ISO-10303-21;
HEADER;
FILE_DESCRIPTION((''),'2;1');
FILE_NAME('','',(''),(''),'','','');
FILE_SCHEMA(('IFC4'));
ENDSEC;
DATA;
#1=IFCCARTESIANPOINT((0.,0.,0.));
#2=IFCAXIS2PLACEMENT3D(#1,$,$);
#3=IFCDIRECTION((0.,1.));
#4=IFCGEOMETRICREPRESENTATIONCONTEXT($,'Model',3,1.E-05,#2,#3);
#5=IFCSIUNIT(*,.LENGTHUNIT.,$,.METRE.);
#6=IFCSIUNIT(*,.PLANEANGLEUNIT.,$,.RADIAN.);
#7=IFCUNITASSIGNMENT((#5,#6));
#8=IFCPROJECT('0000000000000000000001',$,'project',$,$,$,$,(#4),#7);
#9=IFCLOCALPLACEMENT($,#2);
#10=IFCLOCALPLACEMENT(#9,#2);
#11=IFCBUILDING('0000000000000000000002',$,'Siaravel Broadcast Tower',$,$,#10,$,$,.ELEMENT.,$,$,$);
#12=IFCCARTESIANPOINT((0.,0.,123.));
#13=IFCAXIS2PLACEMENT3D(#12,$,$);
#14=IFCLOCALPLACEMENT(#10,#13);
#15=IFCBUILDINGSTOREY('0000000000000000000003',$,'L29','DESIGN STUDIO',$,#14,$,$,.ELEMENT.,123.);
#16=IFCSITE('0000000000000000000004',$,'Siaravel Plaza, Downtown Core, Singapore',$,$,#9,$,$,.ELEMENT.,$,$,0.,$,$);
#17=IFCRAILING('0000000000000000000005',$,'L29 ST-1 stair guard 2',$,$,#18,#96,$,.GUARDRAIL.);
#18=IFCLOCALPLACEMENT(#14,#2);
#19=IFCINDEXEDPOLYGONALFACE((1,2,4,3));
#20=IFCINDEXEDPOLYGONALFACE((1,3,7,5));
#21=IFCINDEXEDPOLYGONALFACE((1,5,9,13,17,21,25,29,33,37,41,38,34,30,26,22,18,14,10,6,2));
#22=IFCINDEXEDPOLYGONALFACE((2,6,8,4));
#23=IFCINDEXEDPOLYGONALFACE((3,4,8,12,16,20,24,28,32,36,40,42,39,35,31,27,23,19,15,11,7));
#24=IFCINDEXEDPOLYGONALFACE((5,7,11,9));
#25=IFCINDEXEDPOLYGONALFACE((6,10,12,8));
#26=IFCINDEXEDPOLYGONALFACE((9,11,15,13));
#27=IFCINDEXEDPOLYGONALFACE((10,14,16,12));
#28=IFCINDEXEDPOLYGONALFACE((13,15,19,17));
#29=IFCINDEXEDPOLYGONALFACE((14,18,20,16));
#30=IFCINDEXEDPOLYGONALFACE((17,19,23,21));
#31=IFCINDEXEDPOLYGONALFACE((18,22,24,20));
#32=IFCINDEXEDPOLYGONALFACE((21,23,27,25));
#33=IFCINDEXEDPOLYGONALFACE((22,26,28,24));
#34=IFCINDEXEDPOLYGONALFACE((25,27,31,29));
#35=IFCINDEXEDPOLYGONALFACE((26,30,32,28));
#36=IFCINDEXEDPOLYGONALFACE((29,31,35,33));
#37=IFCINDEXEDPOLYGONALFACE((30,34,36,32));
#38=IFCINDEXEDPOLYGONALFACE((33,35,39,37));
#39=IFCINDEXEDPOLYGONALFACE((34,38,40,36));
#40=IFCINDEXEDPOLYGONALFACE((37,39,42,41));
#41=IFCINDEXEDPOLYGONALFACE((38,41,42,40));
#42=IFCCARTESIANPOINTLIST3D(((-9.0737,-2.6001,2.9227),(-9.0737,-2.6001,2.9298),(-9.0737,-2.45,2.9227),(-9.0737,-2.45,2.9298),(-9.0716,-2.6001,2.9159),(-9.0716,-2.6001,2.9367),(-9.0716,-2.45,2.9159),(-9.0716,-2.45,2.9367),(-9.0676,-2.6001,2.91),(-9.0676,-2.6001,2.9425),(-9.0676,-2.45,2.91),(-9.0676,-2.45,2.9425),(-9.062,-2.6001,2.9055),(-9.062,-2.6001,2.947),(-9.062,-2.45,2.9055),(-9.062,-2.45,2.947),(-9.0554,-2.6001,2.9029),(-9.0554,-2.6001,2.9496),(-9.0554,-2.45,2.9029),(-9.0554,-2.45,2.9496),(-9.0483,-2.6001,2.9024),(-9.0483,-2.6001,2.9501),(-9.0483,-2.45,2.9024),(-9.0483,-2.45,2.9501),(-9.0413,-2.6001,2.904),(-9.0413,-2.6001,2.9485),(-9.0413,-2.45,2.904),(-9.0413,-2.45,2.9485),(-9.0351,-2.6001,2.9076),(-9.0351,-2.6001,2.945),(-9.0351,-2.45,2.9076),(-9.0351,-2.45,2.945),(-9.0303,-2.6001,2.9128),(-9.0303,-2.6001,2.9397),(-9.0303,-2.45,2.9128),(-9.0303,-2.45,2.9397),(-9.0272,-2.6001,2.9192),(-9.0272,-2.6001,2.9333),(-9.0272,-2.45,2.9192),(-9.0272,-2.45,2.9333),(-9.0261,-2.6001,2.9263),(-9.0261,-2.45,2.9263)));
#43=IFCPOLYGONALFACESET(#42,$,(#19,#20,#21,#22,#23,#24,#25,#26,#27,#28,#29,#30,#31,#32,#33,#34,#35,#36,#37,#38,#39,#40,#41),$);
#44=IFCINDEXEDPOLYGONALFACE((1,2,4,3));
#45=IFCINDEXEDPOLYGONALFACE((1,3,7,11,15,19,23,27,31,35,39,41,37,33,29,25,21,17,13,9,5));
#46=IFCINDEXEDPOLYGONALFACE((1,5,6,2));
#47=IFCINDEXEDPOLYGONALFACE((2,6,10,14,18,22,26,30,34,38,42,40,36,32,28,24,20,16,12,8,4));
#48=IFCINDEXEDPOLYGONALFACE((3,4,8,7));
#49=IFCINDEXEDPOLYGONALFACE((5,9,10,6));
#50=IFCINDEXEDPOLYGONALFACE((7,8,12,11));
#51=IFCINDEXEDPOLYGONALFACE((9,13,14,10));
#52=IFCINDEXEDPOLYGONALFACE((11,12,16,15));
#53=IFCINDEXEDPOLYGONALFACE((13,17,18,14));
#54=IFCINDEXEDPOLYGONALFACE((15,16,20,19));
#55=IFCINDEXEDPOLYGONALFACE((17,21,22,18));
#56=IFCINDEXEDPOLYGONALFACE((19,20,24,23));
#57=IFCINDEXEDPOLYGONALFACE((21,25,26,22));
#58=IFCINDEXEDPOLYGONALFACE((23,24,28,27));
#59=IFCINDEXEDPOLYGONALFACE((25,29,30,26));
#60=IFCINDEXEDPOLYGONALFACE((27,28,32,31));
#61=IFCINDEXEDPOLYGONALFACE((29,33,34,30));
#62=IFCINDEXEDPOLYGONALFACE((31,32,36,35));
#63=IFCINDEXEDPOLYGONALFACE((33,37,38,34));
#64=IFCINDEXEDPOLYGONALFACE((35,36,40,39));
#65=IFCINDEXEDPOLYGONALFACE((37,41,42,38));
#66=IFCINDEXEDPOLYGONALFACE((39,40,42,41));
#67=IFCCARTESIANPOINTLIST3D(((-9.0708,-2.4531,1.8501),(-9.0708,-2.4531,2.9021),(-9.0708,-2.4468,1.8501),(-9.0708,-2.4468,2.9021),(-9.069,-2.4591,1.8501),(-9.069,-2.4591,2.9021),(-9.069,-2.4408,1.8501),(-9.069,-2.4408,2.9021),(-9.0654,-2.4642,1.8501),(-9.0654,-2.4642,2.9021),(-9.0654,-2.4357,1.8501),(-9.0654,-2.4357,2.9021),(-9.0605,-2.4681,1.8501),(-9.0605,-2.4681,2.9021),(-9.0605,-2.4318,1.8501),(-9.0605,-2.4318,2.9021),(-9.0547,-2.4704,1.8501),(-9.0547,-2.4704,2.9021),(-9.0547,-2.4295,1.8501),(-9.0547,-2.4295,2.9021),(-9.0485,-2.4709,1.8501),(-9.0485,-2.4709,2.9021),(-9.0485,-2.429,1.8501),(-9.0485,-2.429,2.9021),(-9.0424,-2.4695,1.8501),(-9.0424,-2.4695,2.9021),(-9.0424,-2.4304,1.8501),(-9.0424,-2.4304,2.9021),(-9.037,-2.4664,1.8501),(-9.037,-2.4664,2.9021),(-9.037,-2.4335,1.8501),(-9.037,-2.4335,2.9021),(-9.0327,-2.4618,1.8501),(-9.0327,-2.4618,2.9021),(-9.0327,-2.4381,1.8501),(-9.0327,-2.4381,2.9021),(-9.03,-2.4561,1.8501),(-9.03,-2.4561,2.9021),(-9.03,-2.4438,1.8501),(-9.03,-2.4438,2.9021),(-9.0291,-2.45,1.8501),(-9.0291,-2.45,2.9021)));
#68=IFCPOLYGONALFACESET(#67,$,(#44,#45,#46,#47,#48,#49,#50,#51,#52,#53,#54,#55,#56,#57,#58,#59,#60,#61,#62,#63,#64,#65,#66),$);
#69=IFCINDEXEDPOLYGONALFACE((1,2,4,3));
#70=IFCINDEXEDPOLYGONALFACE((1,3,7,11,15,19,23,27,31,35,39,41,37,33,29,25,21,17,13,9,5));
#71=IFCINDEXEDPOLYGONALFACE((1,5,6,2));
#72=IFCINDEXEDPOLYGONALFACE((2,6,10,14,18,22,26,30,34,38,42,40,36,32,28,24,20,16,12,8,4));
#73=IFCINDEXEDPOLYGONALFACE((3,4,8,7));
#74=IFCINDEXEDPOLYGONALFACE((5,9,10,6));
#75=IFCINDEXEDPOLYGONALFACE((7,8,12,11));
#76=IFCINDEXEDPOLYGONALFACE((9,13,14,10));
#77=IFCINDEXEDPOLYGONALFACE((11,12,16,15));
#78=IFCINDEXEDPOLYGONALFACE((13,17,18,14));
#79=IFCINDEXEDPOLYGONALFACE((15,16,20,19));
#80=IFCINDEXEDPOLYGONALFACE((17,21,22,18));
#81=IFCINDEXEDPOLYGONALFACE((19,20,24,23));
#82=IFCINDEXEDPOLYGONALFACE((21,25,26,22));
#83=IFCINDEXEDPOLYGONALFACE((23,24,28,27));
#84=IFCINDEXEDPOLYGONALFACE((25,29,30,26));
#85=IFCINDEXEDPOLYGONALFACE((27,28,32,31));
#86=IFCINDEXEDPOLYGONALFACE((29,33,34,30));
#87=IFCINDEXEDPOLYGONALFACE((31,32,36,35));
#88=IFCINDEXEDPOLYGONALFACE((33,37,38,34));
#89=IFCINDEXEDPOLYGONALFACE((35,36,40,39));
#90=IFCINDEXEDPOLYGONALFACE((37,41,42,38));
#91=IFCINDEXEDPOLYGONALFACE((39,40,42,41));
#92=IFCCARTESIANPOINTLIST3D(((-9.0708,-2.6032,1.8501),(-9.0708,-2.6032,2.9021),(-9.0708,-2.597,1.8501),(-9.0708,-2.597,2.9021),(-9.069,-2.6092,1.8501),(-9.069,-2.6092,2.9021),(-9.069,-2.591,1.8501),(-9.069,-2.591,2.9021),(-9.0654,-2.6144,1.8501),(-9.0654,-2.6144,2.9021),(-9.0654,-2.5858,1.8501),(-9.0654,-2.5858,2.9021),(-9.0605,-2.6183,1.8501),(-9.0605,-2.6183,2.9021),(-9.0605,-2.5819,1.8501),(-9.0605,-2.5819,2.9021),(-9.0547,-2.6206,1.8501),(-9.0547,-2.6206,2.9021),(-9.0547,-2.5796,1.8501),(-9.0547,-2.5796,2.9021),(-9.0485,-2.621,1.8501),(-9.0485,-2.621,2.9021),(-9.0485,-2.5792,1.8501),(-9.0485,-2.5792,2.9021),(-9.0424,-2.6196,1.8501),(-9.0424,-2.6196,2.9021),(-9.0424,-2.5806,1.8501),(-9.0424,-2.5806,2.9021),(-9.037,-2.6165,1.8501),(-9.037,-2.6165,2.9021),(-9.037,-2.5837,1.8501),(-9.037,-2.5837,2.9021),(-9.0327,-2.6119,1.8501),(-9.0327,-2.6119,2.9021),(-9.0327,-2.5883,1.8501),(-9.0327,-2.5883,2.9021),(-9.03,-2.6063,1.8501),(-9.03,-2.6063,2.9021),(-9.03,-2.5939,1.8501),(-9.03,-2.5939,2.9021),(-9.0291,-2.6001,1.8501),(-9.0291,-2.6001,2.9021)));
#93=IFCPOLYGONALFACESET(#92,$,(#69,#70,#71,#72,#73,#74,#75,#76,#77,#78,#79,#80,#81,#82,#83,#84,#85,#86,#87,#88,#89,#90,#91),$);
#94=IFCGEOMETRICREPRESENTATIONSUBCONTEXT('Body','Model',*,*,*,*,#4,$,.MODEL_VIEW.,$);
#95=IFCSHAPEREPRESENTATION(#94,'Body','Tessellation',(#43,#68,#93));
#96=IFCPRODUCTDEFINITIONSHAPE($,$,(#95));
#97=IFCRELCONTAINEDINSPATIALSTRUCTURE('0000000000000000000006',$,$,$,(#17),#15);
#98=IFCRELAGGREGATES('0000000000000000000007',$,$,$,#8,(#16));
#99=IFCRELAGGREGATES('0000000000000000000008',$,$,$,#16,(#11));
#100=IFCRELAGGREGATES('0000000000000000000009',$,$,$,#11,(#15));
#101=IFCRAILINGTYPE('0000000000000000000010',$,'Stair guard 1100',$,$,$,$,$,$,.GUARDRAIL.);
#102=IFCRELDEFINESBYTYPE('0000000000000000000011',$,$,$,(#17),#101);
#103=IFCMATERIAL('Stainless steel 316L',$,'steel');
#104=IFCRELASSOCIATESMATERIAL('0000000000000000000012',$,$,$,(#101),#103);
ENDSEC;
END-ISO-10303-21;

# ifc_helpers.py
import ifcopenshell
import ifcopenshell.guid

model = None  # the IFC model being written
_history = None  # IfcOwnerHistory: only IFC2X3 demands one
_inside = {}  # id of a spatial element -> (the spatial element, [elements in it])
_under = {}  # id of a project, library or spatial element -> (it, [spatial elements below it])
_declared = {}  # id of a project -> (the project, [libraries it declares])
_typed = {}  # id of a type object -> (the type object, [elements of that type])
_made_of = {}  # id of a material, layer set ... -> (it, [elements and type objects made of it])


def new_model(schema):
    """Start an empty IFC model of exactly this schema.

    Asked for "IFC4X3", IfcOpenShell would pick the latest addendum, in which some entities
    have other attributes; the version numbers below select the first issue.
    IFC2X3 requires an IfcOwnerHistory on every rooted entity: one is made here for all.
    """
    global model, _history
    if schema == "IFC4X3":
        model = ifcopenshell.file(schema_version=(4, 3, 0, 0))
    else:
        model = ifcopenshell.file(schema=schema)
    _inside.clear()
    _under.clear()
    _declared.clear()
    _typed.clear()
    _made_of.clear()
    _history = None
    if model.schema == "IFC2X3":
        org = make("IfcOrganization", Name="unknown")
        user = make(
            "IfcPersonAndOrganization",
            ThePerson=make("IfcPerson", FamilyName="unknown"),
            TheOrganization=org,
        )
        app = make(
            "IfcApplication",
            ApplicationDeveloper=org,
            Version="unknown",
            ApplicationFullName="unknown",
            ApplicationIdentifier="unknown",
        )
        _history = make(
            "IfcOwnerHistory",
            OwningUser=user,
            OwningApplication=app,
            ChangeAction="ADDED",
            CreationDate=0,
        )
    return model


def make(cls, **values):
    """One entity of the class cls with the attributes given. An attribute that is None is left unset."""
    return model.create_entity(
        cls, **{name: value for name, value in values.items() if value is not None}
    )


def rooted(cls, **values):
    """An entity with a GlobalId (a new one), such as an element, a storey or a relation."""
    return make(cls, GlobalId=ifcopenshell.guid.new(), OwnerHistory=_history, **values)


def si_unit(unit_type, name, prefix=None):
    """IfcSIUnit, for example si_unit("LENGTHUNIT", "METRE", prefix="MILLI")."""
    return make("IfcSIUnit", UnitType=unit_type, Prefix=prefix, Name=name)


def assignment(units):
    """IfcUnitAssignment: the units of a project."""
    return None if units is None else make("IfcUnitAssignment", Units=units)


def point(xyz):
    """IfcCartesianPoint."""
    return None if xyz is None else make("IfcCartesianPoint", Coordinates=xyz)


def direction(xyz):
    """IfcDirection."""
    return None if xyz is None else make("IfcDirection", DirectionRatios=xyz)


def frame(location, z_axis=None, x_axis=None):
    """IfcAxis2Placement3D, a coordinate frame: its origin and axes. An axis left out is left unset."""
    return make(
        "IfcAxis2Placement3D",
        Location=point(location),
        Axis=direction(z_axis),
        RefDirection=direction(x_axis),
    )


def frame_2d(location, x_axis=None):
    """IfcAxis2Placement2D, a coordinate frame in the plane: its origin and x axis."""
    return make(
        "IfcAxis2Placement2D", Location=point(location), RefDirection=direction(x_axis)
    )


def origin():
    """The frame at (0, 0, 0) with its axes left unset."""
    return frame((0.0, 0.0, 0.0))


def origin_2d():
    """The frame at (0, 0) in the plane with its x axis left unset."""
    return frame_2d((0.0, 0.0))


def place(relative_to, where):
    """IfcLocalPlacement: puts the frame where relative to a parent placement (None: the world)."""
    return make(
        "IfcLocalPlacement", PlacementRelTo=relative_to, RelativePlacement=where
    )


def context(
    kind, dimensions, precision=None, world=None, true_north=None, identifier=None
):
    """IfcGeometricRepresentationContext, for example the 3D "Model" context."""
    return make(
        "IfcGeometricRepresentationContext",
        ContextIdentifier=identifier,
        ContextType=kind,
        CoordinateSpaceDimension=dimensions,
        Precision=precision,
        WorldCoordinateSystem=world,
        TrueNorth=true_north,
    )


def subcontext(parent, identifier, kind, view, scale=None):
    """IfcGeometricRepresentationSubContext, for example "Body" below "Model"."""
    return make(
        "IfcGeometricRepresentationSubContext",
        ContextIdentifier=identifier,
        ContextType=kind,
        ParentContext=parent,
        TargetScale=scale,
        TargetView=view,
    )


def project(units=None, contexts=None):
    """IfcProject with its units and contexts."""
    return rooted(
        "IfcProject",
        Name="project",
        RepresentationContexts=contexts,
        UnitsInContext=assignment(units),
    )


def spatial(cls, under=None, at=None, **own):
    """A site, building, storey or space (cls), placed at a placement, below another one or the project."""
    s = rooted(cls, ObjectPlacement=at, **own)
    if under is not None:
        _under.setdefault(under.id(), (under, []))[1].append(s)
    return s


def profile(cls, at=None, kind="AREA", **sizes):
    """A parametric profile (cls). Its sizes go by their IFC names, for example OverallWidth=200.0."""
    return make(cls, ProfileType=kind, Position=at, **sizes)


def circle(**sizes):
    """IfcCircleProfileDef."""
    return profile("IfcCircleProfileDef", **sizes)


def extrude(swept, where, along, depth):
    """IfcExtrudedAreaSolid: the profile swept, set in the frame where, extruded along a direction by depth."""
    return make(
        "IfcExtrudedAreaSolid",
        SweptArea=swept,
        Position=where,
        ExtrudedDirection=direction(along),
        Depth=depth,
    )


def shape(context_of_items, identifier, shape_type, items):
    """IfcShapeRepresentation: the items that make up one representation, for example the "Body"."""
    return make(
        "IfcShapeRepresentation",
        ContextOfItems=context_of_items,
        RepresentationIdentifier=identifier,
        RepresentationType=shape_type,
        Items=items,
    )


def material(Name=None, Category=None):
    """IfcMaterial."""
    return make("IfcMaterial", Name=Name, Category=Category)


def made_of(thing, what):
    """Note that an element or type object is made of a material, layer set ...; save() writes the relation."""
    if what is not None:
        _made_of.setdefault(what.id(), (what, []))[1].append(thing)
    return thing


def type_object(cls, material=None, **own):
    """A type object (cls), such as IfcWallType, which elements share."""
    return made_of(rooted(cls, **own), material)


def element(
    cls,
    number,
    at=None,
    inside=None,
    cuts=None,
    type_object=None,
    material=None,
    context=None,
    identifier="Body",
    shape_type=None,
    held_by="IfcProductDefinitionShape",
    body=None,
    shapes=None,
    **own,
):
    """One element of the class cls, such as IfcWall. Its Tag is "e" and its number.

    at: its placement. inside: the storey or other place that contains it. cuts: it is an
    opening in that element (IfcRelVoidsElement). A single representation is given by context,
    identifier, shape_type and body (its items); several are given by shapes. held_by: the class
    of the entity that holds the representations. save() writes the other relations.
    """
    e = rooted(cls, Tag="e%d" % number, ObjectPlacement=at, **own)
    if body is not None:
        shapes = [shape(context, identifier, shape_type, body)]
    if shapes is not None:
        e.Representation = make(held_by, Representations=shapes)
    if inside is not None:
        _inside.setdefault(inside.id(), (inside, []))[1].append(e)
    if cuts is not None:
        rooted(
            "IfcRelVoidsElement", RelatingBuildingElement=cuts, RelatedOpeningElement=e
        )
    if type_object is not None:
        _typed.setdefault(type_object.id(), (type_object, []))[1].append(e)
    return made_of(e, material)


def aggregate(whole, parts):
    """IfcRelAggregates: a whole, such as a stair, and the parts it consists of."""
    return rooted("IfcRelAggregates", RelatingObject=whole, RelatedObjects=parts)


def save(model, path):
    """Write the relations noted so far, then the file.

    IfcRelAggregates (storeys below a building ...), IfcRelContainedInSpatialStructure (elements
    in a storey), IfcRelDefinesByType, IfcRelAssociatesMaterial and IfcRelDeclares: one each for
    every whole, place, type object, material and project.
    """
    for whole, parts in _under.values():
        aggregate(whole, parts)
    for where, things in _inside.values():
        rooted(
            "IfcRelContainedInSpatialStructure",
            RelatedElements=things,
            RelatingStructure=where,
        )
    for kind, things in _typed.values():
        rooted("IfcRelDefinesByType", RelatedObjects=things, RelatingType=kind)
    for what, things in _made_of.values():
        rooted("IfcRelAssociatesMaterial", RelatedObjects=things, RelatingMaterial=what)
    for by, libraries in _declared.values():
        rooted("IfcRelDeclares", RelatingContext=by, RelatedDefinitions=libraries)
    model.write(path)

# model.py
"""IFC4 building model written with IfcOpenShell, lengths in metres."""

from ifc_helpers import new_model, si_unit, direction, frame, origin, origin_2d, place, context, subcontext, project, spatial, circle, extrude, material, type_object, element, save


model = new_model("IFC4")

# Units and contexts
model_context = context("Model", 3, precision=1e-05, world=origin(), true_north=direction((0.0, 1.0)))
body_context = subcontext(model_context, "Body", "Model", "MODEL_VIEW")
ifc_project = project(units=[si_unit("LENGTHUNIT", "METRE"), si_unit("PLANEANGLEUNIT", "RADIAN")], contexts=[model_context])

# Site, building, storey
site_placement = place(None, origin())
site = spatial("IfcSite", under=ifc_project, at=site_placement, Name="Siaravel Plaza, Downtown Core, Singapore", CompositionType="ELEMENT", RefElevation=0.0)
building_placement = place(site_placement, origin())
building = spatial("IfcBuilding", under=site, at=building_placement, Name="Siaravel Broadcast Tower", CompositionType="ELEMENT")
storey_placement = place(building_placement, frame((0.0, 0.0, 123.0)))
storey = spatial("IfcBuildingStorey", under=building, at=storey_placement, Name="L29", Description="DESIGN STUDIO", CompositionType="ELEMENT", Elevation=123.0)

# Railing
ifc_material_1 = material(Name="Stainless steel 316L", Category="steel")
railing_type_1 = type_object("IfcRailingType", Name="Stair guard 1100", PredefinedType="GUARDRAIL", material=ifc_material_1)
railing_1_placement = place(storey_placement, frame((-9.05, -2.45, 1.8501)))
element("IfcRailing", 1, at=railing_1_placement, inside=storey, type_object=railing_type_1, Name="L29 ST-1 stair guard 2", PredefinedType="GUARDRAIL", context=body_context, shape_type="SweptSolid", body=[
    extrude(circle(Radius=0.0239, at=origin_2d()), frame((0.0, 0.0, 1.0762), z_axis=(0.0, -1.0, 0.0), x_axis=(1.0, 0.0, 0.0)), (0.0, 0.0, 1.0), 0.1501),
    extrude(circle(Radius=0.021, at=origin_2d()), origin(), (0.0, 0.0, 1.0), 1.052),
    extrude(circle(Radius=0.021, at=origin_2d()), frame((0.0, -0.1501, 0.0)), (0.0, 0.0, 1.0), 1.052),
])

save(model, "model.ifc")
